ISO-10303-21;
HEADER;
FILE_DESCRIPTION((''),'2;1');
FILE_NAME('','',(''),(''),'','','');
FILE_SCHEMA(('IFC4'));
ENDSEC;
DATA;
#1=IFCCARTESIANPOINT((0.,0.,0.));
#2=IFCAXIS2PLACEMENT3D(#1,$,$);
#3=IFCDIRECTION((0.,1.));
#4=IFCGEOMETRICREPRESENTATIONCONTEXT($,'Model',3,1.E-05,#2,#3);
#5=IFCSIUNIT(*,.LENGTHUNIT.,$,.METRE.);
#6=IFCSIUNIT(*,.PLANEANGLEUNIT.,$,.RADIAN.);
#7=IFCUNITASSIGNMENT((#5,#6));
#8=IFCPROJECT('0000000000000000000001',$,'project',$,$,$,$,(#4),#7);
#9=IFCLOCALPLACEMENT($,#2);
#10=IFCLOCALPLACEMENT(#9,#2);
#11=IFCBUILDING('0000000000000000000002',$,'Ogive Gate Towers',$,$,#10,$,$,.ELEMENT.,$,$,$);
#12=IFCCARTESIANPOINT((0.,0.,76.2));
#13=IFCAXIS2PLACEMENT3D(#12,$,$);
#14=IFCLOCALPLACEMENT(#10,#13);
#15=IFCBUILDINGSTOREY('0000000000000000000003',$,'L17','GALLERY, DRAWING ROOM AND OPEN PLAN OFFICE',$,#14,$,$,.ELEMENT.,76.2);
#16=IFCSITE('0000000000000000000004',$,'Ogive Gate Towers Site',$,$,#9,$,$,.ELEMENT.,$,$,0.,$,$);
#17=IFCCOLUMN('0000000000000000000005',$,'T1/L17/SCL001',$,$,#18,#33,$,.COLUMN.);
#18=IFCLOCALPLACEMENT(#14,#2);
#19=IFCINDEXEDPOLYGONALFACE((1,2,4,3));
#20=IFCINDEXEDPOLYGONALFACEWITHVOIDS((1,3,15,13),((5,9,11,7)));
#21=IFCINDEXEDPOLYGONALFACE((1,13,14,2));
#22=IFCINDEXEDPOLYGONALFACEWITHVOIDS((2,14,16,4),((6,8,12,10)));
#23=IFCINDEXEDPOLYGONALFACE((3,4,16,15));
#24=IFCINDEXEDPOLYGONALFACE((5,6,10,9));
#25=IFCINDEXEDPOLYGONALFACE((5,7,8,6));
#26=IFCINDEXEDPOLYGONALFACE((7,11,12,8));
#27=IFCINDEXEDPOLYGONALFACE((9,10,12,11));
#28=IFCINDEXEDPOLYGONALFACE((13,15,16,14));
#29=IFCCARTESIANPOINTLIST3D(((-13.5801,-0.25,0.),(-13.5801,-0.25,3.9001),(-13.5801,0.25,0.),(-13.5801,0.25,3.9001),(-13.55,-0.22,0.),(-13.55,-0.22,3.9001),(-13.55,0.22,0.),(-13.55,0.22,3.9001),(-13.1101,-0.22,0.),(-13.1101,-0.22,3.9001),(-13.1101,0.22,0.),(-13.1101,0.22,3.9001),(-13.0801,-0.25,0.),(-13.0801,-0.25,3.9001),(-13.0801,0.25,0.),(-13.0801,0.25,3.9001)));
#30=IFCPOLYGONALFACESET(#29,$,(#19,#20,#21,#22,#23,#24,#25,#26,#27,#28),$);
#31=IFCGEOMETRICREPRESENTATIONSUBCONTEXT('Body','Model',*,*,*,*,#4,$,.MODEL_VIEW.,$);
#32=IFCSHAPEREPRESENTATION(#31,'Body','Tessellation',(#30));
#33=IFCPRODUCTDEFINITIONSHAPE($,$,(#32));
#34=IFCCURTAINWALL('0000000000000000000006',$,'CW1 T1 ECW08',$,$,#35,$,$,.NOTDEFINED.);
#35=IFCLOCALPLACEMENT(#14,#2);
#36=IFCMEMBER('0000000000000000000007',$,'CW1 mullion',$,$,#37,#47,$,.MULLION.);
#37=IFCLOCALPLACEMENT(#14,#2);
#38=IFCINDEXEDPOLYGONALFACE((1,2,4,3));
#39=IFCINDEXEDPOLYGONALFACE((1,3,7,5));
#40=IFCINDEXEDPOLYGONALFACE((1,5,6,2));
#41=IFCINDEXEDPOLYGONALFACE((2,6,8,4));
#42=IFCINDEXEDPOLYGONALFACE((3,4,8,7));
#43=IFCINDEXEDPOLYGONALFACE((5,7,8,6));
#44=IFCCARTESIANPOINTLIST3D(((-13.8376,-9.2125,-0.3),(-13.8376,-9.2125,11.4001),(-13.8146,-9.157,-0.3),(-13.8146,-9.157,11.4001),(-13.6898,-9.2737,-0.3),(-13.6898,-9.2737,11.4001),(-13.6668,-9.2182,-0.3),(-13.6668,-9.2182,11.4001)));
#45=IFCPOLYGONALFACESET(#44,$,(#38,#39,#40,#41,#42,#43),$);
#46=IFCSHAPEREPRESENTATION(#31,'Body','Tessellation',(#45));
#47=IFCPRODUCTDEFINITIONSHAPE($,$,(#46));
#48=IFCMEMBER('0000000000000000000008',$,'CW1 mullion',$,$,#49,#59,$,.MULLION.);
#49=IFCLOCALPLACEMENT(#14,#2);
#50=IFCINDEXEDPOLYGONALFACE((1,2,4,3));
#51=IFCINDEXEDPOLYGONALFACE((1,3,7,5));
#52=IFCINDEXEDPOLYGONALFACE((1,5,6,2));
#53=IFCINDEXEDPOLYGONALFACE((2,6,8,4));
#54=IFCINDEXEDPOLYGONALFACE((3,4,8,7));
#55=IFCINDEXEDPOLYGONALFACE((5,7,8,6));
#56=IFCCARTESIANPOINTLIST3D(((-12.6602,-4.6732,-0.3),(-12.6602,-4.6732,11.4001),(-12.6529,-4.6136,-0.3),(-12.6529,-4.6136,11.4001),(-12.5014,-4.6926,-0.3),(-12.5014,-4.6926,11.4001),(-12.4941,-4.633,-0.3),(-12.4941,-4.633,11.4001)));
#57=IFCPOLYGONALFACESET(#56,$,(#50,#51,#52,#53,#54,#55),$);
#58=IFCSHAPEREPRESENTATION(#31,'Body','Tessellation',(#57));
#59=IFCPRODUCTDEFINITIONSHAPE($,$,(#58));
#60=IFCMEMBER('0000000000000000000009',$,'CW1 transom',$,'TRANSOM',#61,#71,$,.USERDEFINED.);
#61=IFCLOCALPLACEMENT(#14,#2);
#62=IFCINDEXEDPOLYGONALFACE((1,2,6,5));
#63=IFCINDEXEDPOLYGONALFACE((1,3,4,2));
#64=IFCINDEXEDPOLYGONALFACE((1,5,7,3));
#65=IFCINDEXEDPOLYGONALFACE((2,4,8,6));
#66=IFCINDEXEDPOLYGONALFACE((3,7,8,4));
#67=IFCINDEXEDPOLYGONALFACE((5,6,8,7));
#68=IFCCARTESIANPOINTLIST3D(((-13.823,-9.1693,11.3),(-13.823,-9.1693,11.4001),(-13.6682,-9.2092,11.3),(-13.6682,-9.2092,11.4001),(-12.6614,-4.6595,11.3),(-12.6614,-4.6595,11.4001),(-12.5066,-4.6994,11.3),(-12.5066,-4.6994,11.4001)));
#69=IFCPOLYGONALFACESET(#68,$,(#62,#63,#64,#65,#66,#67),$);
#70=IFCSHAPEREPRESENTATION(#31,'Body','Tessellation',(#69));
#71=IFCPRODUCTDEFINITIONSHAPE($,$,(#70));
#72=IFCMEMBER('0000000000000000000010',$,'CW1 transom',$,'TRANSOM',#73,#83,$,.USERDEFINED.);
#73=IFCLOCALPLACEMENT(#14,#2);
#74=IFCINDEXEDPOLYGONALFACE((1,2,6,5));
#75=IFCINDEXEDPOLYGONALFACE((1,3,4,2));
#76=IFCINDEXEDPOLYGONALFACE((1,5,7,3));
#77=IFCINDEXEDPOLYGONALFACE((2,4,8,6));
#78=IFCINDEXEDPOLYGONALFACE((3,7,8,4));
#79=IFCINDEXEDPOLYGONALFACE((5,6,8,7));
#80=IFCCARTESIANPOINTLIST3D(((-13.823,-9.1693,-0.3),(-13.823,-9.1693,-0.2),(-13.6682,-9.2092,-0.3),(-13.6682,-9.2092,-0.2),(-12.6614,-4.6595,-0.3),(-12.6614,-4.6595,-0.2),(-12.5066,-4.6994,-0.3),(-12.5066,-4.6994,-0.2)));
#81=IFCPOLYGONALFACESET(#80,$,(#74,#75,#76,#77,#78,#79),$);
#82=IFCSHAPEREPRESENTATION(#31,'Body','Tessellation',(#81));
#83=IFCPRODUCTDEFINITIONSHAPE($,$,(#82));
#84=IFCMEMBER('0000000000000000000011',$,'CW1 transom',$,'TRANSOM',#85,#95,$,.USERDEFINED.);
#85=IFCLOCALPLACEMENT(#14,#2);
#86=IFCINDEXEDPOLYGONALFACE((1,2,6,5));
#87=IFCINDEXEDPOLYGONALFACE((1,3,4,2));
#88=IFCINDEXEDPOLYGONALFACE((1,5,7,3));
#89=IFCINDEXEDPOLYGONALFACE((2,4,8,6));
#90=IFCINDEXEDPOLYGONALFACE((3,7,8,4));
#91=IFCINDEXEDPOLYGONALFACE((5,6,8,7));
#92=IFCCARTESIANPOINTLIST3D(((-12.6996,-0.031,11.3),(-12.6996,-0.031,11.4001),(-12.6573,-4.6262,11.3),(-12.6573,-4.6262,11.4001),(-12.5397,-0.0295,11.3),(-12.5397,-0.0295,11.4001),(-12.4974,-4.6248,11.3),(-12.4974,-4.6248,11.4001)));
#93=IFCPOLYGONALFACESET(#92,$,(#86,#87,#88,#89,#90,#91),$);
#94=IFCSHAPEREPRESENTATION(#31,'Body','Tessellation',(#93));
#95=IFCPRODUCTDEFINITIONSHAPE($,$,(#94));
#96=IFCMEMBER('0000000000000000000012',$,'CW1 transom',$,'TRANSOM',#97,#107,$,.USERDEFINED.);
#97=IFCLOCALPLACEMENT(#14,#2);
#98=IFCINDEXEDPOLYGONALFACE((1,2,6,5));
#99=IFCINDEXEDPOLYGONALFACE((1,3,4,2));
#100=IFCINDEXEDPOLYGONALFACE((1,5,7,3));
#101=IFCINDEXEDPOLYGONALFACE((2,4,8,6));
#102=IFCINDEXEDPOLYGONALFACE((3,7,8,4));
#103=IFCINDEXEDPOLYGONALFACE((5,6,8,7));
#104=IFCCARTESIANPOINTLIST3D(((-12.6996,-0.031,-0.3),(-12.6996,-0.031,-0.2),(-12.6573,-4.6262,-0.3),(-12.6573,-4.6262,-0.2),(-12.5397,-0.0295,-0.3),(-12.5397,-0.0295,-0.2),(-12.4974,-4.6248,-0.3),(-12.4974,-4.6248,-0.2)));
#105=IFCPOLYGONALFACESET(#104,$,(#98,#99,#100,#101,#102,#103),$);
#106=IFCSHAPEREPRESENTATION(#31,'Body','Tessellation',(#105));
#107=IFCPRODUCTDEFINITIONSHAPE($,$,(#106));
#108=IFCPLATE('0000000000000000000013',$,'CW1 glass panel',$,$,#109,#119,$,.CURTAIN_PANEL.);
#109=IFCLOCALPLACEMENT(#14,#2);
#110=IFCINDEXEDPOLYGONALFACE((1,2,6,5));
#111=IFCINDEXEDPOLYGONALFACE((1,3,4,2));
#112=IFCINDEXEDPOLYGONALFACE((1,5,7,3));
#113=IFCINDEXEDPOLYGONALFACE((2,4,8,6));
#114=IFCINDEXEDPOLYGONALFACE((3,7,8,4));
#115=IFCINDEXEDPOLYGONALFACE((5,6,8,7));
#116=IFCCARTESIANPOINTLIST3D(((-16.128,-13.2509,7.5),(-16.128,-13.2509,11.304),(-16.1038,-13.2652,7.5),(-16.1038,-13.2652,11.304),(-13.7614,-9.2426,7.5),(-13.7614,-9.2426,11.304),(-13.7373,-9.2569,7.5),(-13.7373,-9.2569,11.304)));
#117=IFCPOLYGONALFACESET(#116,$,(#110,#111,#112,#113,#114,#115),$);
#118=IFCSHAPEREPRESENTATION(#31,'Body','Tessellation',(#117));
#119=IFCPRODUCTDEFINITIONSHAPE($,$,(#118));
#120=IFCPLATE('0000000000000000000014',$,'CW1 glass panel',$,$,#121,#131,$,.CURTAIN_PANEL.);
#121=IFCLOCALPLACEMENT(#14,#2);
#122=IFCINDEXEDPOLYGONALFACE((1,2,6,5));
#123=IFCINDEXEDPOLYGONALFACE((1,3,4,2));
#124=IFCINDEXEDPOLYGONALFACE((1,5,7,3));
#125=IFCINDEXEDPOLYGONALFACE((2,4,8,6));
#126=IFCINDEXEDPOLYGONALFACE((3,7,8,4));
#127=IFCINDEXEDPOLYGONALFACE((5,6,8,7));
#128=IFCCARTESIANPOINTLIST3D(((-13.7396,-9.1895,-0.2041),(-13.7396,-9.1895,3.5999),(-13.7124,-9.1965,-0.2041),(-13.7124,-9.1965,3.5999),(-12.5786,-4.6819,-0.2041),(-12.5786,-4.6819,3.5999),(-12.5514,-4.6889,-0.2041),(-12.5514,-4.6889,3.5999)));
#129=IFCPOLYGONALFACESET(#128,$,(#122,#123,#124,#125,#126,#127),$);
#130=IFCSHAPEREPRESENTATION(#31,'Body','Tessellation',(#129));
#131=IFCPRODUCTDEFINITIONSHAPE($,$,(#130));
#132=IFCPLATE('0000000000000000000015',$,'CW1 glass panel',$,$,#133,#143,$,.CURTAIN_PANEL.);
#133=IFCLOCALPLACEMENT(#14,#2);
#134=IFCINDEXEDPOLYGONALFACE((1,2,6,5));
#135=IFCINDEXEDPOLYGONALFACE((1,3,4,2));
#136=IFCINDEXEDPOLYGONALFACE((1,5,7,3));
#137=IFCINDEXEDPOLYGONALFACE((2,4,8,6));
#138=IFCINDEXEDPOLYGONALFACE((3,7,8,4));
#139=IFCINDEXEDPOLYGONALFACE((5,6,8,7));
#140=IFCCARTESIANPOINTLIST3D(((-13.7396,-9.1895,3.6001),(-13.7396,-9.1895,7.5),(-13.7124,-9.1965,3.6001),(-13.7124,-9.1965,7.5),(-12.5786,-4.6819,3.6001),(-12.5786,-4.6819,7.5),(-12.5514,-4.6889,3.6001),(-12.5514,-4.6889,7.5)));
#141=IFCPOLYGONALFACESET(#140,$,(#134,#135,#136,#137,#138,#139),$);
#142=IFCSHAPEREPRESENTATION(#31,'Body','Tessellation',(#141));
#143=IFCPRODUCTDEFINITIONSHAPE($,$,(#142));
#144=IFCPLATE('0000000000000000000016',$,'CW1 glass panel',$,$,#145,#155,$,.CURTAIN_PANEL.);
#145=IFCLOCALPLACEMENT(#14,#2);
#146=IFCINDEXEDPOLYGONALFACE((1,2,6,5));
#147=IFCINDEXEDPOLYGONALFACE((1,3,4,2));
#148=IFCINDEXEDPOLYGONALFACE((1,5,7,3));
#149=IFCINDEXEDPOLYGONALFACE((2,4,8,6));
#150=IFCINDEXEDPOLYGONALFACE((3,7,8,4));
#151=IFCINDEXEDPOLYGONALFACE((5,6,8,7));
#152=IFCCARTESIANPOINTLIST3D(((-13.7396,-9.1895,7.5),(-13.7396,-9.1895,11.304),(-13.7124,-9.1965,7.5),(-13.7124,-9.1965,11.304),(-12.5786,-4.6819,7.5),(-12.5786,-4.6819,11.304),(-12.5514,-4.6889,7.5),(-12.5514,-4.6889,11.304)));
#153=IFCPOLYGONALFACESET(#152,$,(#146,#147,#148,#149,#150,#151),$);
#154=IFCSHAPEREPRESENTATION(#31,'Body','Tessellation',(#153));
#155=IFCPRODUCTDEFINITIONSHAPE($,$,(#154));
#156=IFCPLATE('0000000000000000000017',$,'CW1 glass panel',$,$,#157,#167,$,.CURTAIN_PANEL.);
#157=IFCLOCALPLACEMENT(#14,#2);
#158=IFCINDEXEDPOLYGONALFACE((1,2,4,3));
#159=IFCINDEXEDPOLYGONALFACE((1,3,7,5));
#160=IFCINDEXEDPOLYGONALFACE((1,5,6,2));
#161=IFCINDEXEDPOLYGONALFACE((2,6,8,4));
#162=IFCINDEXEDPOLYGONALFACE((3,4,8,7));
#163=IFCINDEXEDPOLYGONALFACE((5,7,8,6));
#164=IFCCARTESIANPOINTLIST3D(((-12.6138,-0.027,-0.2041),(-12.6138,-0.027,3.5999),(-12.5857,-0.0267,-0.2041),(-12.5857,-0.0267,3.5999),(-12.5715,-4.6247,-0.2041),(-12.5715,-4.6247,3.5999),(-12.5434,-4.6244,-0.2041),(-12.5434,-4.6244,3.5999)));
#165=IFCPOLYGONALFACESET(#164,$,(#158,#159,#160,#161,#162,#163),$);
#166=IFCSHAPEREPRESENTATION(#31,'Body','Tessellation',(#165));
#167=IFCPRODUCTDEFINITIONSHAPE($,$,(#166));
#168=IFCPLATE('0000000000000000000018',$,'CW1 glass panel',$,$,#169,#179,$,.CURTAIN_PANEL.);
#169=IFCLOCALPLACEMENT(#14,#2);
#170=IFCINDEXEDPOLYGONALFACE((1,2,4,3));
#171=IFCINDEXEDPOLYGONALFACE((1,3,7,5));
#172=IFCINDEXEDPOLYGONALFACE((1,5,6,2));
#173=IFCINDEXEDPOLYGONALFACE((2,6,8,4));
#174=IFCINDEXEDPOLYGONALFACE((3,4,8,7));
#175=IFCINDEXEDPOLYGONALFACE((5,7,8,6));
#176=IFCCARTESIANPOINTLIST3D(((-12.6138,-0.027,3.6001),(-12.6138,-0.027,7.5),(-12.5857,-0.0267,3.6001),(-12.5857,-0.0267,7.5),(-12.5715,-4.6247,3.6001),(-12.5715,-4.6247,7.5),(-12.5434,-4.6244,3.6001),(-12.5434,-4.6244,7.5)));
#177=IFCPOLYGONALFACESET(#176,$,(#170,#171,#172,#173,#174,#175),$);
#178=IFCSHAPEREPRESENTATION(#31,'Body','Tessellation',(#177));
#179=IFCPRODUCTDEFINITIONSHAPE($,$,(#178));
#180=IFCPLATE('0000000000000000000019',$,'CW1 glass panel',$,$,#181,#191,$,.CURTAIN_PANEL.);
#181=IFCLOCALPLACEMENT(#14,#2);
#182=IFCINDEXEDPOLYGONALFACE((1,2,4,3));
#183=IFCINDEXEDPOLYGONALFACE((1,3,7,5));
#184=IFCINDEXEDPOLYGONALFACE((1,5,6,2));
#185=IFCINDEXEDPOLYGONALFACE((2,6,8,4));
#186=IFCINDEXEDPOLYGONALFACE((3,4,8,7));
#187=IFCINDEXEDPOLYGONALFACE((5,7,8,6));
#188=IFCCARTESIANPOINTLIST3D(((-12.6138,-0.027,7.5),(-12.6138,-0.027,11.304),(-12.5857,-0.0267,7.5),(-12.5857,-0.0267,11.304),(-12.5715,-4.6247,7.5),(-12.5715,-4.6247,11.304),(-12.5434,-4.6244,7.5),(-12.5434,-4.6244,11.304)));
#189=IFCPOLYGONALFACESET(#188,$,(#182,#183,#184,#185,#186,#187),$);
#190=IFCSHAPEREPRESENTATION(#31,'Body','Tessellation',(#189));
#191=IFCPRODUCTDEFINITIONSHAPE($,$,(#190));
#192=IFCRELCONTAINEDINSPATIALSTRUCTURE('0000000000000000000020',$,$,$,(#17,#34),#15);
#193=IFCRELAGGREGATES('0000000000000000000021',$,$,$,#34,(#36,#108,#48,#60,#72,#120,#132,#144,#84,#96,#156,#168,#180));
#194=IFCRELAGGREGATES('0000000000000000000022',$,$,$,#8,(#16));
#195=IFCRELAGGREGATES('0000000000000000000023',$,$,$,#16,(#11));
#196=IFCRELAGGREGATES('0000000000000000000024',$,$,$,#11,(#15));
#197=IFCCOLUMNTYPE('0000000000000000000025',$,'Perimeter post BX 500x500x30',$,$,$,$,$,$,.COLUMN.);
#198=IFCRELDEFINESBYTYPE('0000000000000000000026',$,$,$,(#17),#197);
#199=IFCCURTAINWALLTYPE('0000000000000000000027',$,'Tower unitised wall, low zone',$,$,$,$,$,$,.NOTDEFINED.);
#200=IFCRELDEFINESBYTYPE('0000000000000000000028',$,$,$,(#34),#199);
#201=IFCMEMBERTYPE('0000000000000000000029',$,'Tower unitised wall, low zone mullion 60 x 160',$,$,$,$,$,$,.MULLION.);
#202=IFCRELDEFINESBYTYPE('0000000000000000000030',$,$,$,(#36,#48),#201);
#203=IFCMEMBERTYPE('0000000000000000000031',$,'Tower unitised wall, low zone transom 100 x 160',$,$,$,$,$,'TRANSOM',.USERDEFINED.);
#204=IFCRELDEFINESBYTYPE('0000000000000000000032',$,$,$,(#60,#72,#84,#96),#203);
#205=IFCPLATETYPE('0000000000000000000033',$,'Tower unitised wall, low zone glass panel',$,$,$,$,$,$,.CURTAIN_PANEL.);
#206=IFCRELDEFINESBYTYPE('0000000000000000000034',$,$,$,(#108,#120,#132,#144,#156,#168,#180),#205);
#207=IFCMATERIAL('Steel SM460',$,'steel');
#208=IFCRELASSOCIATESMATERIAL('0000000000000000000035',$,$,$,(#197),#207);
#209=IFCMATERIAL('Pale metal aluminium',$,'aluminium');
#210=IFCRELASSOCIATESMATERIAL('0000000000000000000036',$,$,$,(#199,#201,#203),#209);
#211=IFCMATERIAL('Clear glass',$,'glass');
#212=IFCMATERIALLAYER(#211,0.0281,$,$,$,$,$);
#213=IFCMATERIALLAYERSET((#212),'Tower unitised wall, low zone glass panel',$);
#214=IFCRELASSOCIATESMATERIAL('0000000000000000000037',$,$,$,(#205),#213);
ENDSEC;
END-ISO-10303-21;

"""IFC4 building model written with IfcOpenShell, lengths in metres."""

from ifc_helpers import new_model, si_unit, direction, frame, origin, origin_2d, place, context, subcontext, project, spatial, rectangle, hollow_rectangle, extrude, material, layer, layer_set, material_profile, profile_set, type_object, element, aggregate, save


model = new_model("IFC4")

# Units and contexts
model_context = context("Model", 3, precision=1e-05, world=origin(), true_north=direction((0.0, 1.0)))
body_context = subcontext(model_context, "Body", "Model", "MODEL_VIEW")
ifc_project = project(units=[si_unit("LENGTHUNIT", "METRE"), si_unit("PLANEANGLEUNIT", "RADIAN")], contexts=[model_context])

# Site, building, storey
site_placement = place(None, origin())
site = spatial("IfcSite", under=ifc_project, at=site_placement, Name="Ogive Gate Towers Site", CompositionType="ELEMENT", RefElevation=0.0)
building_placement = place(site_placement, origin())
building = spatial("IfcBuilding", under=site, at=building_placement, Name="Ogive Gate Towers", CompositionType="ELEMENT")
storey_placement = place(building_placement, frame((0.0, 0.0, 76.2)))
storey = spatial("IfcBuildingStorey", under=building, at=storey_placement, Name="L17", Description="GALLERY, DRAWING ROOM AND OPEN PLAN OFFICE", CompositionType="ELEMENT", Elevation=76.2)

# Column
ifc_material_1 = material(Name="Steel SM460", Category="steel")
ifc_material_profile_1 = material_profile(ifc_material_1, hollow_rectangle(XDim=0.5, YDim=0.5, WallThickness=0.03, at=origin_2d()), Name="BX 500x500x30")
ifc_profile_set_1 = profile_set([ifc_material_profile_1], Name="Steel SM460")
column_type = type_object("IfcColumnType", Name="Perimeter post BX 500x500x30", PredefinedType="COLUMN", material=ifc_profile_set_1)
column_placement = place(storey_placement, frame((-13.3301, 0.0, 0.0), z_axis=(0.0, 0.0, 1.0), x_axis=(1.0, 0.0, 0.0)))
element("IfcColumn", 1, at=column_placement, inside=storey, type_object=column_type, Name="T1/L17/SCL001", PredefinedType="COLUMN", context=body_context, shape_type="SweptSolid", body=[
    extrude(hollow_rectangle(XDim=0.5, YDim=0.5, WallThickness=0.03, at=origin_2d()), origin(), (0.0, 0.0, 1.0), 3.9001),
])

# Curtain wall, members, plates
ifc_material_2 = material(Name="Pale metal aluminium", Category="aluminium")
curtain_wall_type = type_object("IfcCurtainWallType", Name="Tower unitised wall, low zone", PredefinedType="NOTDEFINED", material=ifc_material_2)
curtain_wall_placement = place(storey_placement, origin())
curtain_wall = element("IfcCurtainWall", 2, at=curtain_wall_placement, inside=storey, type_object=curtain_wall_type, Name="CW1 T1 ECW08", PredefinedType="NOTDEFINED")
ifc_material_profile_2 = material_profile(ifc_material_2, rectangle(XDim=0.1599, YDim=0.0601, at=origin_2d()), Name="60 x 160 aluminium box")
ifc_profile_set_2 = profile_set([ifc_material_profile_2], Name="Pale metal aluminium")
member_type_1 = type_object("IfcMemberType", Name="Tower unitised wall, low zone mullion 60 x 160", PredefinedType="MULLION", material=ifc_profile_set_2)
member_1_placement = place(storey_placement, frame((-13.7522, -9.2153, -0.3), z_axis=(0.0, 0.0, 1.0), x_axis=(0.92388, -0.382683, 0.0)))
member_1 = element("IfcMember", 3, at=member_1_placement, type_object=member_type_1, Name="CW1 mullion", PredefinedType="MULLION", context=body_context, shape_type="SweptSolid", body=[
    extrude(rectangle(XDim=0.1599, YDim=0.0601, at=origin_2d()), origin(), (0.0, 0.0, 1.0), 11.7002),
])
member_2_placement = place(storey_placement, frame((-12.5771, -4.6531, -0.3), z_axis=(0.0, 0.0, 1.0), x_axis=(0.992635, -0.121142, 0.0)))
member_2 = element("IfcMember", 4, at=member_2_placement, type_object=member_type_1, Name="CW1 mullion", PredefinedType="MULLION", context=body_context, shape_type="SweptSolid", body=[
    extrude(rectangle(XDim=0.1599, YDim=0.0601, at=origin_2d()), origin(), (0.0, 0.0, 1.0), 11.7002),
])
ifc_material_profile_3 = material_profile(ifc_material_2, rectangle(XDim=0.1599, YDim=0.1001, at=origin_2d()), Name="100 x 160 aluminium box")
ifc_profile_set_3 = profile_set([ifc_material_profile_3], Name="Pale metal aluminium")
member_type_2 = type_object("IfcMemberType", Name="Tower unitised wall, low zone transom 100 x 160", ElementType="TRANSOM", PredefinedType="USERDEFINED", material=ifc_profile_set_3)
member_3_placement = place(storey_placement, frame((-13.7456, -9.1892, 11.3501), z_axis=(0.249437, 0.968391, 0.0), x_axis=(-0.968391, 0.249437, 0.0)))
member_3 = element("IfcMember", 5, at=member_3_placement, type_object=member_type_2, Name="CW1 transom", ObjectType="TRANSOM", PredefinedType="USERDEFINED", context=body_context, shape_type="SweptSolid", body=[
    extrude(rectangle(XDim=0.1599, YDim=0.1001, at=origin_2d()), origin(), (0.0, 0.0, 1.0), 4.657),
])
member_4_placement = place(storey_placement, frame((-13.7456, -9.1892, -0.25), z_axis=(0.249437, 0.968391, 0.0), x_axis=(-0.968391, 0.249437, 0.0)))
member_4 = element("IfcMember", 6, at=member_4_placement, type_object=member_type_2, Name="CW1 transom", ObjectType="TRANSOM", PredefinedType="USERDEFINED", context=body_context, shape_type="SweptSolid", body=[
    extrude(rectangle(XDim=0.1599, YDim=0.1001, at=origin_2d()), origin(), (0.0, 0.0, 1.0), 4.657),
])
member_5_placement = place(storey_placement, frame((-12.5774, -4.6255, 11.3501), z_axis=(-0.009191, 0.999958, 0.0), x_axis=(-0.999958, -0.009191, 0.0)))
member_5 = element("IfcMember", 7, at=member_5_placement, type_object=member_type_2, Name="CW1 transom", ObjectType="TRANSOM", PredefinedType="USERDEFINED", context=body_context, shape_type="SweptSolid", body=[
    extrude(rectangle(XDim=0.1599, YDim=0.1001, at=origin_2d()), origin(), (0.0, 0.0, 1.0), 4.5955),
])
member_6_placement = place(storey_placement, frame((-12.5774, -4.6255, -0.25), z_axis=(-0.009191, 0.999958, 0.0), x_axis=(-0.999958, -0.009191, 0.0)))
member_6 = element("IfcMember", 8, at=member_6_placement, type_object=member_type_2, Name="CW1 transom", ObjectType="TRANSOM", PredefinedType="USERDEFINED", context=body_context, shape_type="SweptSolid", body=[
    extrude(rectangle(XDim=0.1599, YDim=0.1001, at=origin_2d()), origin(), (0.0, 0.0, 1.0), 4.5955),
])
ifc_material_3 = material(Name="Clear glass", Category="glass")
ifc_layer_1 = layer(ifc_material_3, 0.0281)
ifc_layer_set_1 = layer_set([ifc_layer_1], Name="Tower unitised wall, low zone glass panel")
plate_type = type_object("IfcPlateType", Name="Tower unitised wall, low zone glass panel", PredefinedType="CURTAIN_PANEL", material=ifc_layer_set_1)
plate_1_placement = place(storey_placement, frame((-14.9326, -11.2539, 7.5), z_axis=(0.0, 0.0, 1.0), x_axis=(0.50841, 0.861115, 0.0)))
plate_1 = element("IfcPlate", 9, at=plate_1_placement, type_object=plate_type, Name="CW1 glass panel", PredefinedType="CURTAIN_PANEL", context=body_context, shape_type="SweptSolid", body=[
    extrude(rectangle(XDim=4.6548, YDim=0.0281, at=origin_2d()), origin(), (0.0, 0.0, 1.0), 3.804),
])
plate_2_placement = place(storey_placement, frame((-13.1455, -6.9392, -0.2041), z_axis=(0.0, 0.0, 1.0), x_axis=(0.249417, 0.968396, 0.0)))
plate_2 = element("IfcPlate", 10, at=plate_2_placement, type_object=plate_type, Name="CW1 glass panel", PredefinedType="CURTAIN_PANEL", context=body_context, shape_type="SweptSolid", body=[
    extrude(rectangle(XDim=4.6548, YDim=0.0281, at=origin_2d()), origin(), (0.0, 0.0, 1.0), 3.804),
])
plate_3_placement = place(storey_placement, frame((-13.1455, -6.9392, 3.6001), z_axis=(0.0, 0.0, 1.0), x_axis=(0.249417, 0.968396, 0.0)))
plate_3 = element("IfcPlate", 11, at=plate_3_placement, type_object=plate_type, Name="CW1 glass panel", PredefinedType="CURTAIN_PANEL", context=body_context, shape_type="SweptSolid", body=[
    extrude(rectangle(XDim=4.6548, YDim=0.0281, at=origin_2d()), origin(), (0.0, 0.0, 1.0), 3.8999),
])
plate_4_placement = place(storey_placement, frame((-13.1455, -6.9392, 7.5), z_axis=(0.0, 0.0, 1.0), x_axis=(0.249417, 0.968396, 0.0)))
plate_4 = element("IfcPlate", 12, at=plate_4_placement, type_object=plate_type, Name="CW1 glass panel", PredefinedType="CURTAIN_PANEL", context=body_context, shape_type="SweptSolid", body=[
    extrude(rectangle(XDim=4.6548, YDim=0.0281, at=origin_2d()), origin(), (0.0, 0.0, 1.0), 3.804),
])
plate_5_placement = place(storey_placement, frame((-12.5786, -2.3257, -0.2041), z_axis=(0.0, 0.0, 1.0), x_axis=(-0.009198, 0.999958, 0.0)))
plate_5 = element("IfcPlate", 13, at=plate_5_placement, type_object=plate_type, Name="CW1 glass panel", PredefinedType="CURTAIN_PANEL", context=body_context, shape_type="SweptSolid", body=[
    extrude(rectangle(XDim=4.5979, YDim=0.0281, at=origin_2d()), origin(), (0.0, 0.0, 1.0), 3.804),
])
plate_6_placement = place(storey_placement, frame((-12.5786, -2.3257, 3.6001), z_axis=(0.0, 0.0, 1.0), x_axis=(-0.009198, 0.999958, 0.0)))
plate_6 = element("IfcPlate", 14, at=plate_6_placement, type_object=plate_type, Name="CW1 glass panel", PredefinedType="CURTAIN_PANEL", context=body_context, shape_type="SweptSolid", body=[
    extrude(rectangle(XDim=4.5979, YDim=0.0281, at=origin_2d()), origin(), (0.0, 0.0, 1.0), 3.8999),
])
plate_7_placement = place(storey_placement, frame((-12.5786, -2.3257, 7.5), z_axis=(0.0, 0.0, 1.0), x_axis=(-0.009198, 0.999958, 0.0)))
plate_7 = element("IfcPlate", 15, at=plate_7_placement, type_object=plate_type, Name="CW1 glass panel", PredefinedType="CURTAIN_PANEL", context=body_context, shape_type="SweptSolid", body=[
    extrude(rectangle(XDim=4.5979, YDim=0.0281, at=origin_2d()), origin(), (0.0, 0.0, 1.0), 3.804),
])
aggregate(curtain_wall, [member_1, plate_1, member_2, member_3, member_4, plate_2, plate_3, plate_4, member_5, member_6, plate_5, plate_6, plate_7])

save(model, "model.ifc")
